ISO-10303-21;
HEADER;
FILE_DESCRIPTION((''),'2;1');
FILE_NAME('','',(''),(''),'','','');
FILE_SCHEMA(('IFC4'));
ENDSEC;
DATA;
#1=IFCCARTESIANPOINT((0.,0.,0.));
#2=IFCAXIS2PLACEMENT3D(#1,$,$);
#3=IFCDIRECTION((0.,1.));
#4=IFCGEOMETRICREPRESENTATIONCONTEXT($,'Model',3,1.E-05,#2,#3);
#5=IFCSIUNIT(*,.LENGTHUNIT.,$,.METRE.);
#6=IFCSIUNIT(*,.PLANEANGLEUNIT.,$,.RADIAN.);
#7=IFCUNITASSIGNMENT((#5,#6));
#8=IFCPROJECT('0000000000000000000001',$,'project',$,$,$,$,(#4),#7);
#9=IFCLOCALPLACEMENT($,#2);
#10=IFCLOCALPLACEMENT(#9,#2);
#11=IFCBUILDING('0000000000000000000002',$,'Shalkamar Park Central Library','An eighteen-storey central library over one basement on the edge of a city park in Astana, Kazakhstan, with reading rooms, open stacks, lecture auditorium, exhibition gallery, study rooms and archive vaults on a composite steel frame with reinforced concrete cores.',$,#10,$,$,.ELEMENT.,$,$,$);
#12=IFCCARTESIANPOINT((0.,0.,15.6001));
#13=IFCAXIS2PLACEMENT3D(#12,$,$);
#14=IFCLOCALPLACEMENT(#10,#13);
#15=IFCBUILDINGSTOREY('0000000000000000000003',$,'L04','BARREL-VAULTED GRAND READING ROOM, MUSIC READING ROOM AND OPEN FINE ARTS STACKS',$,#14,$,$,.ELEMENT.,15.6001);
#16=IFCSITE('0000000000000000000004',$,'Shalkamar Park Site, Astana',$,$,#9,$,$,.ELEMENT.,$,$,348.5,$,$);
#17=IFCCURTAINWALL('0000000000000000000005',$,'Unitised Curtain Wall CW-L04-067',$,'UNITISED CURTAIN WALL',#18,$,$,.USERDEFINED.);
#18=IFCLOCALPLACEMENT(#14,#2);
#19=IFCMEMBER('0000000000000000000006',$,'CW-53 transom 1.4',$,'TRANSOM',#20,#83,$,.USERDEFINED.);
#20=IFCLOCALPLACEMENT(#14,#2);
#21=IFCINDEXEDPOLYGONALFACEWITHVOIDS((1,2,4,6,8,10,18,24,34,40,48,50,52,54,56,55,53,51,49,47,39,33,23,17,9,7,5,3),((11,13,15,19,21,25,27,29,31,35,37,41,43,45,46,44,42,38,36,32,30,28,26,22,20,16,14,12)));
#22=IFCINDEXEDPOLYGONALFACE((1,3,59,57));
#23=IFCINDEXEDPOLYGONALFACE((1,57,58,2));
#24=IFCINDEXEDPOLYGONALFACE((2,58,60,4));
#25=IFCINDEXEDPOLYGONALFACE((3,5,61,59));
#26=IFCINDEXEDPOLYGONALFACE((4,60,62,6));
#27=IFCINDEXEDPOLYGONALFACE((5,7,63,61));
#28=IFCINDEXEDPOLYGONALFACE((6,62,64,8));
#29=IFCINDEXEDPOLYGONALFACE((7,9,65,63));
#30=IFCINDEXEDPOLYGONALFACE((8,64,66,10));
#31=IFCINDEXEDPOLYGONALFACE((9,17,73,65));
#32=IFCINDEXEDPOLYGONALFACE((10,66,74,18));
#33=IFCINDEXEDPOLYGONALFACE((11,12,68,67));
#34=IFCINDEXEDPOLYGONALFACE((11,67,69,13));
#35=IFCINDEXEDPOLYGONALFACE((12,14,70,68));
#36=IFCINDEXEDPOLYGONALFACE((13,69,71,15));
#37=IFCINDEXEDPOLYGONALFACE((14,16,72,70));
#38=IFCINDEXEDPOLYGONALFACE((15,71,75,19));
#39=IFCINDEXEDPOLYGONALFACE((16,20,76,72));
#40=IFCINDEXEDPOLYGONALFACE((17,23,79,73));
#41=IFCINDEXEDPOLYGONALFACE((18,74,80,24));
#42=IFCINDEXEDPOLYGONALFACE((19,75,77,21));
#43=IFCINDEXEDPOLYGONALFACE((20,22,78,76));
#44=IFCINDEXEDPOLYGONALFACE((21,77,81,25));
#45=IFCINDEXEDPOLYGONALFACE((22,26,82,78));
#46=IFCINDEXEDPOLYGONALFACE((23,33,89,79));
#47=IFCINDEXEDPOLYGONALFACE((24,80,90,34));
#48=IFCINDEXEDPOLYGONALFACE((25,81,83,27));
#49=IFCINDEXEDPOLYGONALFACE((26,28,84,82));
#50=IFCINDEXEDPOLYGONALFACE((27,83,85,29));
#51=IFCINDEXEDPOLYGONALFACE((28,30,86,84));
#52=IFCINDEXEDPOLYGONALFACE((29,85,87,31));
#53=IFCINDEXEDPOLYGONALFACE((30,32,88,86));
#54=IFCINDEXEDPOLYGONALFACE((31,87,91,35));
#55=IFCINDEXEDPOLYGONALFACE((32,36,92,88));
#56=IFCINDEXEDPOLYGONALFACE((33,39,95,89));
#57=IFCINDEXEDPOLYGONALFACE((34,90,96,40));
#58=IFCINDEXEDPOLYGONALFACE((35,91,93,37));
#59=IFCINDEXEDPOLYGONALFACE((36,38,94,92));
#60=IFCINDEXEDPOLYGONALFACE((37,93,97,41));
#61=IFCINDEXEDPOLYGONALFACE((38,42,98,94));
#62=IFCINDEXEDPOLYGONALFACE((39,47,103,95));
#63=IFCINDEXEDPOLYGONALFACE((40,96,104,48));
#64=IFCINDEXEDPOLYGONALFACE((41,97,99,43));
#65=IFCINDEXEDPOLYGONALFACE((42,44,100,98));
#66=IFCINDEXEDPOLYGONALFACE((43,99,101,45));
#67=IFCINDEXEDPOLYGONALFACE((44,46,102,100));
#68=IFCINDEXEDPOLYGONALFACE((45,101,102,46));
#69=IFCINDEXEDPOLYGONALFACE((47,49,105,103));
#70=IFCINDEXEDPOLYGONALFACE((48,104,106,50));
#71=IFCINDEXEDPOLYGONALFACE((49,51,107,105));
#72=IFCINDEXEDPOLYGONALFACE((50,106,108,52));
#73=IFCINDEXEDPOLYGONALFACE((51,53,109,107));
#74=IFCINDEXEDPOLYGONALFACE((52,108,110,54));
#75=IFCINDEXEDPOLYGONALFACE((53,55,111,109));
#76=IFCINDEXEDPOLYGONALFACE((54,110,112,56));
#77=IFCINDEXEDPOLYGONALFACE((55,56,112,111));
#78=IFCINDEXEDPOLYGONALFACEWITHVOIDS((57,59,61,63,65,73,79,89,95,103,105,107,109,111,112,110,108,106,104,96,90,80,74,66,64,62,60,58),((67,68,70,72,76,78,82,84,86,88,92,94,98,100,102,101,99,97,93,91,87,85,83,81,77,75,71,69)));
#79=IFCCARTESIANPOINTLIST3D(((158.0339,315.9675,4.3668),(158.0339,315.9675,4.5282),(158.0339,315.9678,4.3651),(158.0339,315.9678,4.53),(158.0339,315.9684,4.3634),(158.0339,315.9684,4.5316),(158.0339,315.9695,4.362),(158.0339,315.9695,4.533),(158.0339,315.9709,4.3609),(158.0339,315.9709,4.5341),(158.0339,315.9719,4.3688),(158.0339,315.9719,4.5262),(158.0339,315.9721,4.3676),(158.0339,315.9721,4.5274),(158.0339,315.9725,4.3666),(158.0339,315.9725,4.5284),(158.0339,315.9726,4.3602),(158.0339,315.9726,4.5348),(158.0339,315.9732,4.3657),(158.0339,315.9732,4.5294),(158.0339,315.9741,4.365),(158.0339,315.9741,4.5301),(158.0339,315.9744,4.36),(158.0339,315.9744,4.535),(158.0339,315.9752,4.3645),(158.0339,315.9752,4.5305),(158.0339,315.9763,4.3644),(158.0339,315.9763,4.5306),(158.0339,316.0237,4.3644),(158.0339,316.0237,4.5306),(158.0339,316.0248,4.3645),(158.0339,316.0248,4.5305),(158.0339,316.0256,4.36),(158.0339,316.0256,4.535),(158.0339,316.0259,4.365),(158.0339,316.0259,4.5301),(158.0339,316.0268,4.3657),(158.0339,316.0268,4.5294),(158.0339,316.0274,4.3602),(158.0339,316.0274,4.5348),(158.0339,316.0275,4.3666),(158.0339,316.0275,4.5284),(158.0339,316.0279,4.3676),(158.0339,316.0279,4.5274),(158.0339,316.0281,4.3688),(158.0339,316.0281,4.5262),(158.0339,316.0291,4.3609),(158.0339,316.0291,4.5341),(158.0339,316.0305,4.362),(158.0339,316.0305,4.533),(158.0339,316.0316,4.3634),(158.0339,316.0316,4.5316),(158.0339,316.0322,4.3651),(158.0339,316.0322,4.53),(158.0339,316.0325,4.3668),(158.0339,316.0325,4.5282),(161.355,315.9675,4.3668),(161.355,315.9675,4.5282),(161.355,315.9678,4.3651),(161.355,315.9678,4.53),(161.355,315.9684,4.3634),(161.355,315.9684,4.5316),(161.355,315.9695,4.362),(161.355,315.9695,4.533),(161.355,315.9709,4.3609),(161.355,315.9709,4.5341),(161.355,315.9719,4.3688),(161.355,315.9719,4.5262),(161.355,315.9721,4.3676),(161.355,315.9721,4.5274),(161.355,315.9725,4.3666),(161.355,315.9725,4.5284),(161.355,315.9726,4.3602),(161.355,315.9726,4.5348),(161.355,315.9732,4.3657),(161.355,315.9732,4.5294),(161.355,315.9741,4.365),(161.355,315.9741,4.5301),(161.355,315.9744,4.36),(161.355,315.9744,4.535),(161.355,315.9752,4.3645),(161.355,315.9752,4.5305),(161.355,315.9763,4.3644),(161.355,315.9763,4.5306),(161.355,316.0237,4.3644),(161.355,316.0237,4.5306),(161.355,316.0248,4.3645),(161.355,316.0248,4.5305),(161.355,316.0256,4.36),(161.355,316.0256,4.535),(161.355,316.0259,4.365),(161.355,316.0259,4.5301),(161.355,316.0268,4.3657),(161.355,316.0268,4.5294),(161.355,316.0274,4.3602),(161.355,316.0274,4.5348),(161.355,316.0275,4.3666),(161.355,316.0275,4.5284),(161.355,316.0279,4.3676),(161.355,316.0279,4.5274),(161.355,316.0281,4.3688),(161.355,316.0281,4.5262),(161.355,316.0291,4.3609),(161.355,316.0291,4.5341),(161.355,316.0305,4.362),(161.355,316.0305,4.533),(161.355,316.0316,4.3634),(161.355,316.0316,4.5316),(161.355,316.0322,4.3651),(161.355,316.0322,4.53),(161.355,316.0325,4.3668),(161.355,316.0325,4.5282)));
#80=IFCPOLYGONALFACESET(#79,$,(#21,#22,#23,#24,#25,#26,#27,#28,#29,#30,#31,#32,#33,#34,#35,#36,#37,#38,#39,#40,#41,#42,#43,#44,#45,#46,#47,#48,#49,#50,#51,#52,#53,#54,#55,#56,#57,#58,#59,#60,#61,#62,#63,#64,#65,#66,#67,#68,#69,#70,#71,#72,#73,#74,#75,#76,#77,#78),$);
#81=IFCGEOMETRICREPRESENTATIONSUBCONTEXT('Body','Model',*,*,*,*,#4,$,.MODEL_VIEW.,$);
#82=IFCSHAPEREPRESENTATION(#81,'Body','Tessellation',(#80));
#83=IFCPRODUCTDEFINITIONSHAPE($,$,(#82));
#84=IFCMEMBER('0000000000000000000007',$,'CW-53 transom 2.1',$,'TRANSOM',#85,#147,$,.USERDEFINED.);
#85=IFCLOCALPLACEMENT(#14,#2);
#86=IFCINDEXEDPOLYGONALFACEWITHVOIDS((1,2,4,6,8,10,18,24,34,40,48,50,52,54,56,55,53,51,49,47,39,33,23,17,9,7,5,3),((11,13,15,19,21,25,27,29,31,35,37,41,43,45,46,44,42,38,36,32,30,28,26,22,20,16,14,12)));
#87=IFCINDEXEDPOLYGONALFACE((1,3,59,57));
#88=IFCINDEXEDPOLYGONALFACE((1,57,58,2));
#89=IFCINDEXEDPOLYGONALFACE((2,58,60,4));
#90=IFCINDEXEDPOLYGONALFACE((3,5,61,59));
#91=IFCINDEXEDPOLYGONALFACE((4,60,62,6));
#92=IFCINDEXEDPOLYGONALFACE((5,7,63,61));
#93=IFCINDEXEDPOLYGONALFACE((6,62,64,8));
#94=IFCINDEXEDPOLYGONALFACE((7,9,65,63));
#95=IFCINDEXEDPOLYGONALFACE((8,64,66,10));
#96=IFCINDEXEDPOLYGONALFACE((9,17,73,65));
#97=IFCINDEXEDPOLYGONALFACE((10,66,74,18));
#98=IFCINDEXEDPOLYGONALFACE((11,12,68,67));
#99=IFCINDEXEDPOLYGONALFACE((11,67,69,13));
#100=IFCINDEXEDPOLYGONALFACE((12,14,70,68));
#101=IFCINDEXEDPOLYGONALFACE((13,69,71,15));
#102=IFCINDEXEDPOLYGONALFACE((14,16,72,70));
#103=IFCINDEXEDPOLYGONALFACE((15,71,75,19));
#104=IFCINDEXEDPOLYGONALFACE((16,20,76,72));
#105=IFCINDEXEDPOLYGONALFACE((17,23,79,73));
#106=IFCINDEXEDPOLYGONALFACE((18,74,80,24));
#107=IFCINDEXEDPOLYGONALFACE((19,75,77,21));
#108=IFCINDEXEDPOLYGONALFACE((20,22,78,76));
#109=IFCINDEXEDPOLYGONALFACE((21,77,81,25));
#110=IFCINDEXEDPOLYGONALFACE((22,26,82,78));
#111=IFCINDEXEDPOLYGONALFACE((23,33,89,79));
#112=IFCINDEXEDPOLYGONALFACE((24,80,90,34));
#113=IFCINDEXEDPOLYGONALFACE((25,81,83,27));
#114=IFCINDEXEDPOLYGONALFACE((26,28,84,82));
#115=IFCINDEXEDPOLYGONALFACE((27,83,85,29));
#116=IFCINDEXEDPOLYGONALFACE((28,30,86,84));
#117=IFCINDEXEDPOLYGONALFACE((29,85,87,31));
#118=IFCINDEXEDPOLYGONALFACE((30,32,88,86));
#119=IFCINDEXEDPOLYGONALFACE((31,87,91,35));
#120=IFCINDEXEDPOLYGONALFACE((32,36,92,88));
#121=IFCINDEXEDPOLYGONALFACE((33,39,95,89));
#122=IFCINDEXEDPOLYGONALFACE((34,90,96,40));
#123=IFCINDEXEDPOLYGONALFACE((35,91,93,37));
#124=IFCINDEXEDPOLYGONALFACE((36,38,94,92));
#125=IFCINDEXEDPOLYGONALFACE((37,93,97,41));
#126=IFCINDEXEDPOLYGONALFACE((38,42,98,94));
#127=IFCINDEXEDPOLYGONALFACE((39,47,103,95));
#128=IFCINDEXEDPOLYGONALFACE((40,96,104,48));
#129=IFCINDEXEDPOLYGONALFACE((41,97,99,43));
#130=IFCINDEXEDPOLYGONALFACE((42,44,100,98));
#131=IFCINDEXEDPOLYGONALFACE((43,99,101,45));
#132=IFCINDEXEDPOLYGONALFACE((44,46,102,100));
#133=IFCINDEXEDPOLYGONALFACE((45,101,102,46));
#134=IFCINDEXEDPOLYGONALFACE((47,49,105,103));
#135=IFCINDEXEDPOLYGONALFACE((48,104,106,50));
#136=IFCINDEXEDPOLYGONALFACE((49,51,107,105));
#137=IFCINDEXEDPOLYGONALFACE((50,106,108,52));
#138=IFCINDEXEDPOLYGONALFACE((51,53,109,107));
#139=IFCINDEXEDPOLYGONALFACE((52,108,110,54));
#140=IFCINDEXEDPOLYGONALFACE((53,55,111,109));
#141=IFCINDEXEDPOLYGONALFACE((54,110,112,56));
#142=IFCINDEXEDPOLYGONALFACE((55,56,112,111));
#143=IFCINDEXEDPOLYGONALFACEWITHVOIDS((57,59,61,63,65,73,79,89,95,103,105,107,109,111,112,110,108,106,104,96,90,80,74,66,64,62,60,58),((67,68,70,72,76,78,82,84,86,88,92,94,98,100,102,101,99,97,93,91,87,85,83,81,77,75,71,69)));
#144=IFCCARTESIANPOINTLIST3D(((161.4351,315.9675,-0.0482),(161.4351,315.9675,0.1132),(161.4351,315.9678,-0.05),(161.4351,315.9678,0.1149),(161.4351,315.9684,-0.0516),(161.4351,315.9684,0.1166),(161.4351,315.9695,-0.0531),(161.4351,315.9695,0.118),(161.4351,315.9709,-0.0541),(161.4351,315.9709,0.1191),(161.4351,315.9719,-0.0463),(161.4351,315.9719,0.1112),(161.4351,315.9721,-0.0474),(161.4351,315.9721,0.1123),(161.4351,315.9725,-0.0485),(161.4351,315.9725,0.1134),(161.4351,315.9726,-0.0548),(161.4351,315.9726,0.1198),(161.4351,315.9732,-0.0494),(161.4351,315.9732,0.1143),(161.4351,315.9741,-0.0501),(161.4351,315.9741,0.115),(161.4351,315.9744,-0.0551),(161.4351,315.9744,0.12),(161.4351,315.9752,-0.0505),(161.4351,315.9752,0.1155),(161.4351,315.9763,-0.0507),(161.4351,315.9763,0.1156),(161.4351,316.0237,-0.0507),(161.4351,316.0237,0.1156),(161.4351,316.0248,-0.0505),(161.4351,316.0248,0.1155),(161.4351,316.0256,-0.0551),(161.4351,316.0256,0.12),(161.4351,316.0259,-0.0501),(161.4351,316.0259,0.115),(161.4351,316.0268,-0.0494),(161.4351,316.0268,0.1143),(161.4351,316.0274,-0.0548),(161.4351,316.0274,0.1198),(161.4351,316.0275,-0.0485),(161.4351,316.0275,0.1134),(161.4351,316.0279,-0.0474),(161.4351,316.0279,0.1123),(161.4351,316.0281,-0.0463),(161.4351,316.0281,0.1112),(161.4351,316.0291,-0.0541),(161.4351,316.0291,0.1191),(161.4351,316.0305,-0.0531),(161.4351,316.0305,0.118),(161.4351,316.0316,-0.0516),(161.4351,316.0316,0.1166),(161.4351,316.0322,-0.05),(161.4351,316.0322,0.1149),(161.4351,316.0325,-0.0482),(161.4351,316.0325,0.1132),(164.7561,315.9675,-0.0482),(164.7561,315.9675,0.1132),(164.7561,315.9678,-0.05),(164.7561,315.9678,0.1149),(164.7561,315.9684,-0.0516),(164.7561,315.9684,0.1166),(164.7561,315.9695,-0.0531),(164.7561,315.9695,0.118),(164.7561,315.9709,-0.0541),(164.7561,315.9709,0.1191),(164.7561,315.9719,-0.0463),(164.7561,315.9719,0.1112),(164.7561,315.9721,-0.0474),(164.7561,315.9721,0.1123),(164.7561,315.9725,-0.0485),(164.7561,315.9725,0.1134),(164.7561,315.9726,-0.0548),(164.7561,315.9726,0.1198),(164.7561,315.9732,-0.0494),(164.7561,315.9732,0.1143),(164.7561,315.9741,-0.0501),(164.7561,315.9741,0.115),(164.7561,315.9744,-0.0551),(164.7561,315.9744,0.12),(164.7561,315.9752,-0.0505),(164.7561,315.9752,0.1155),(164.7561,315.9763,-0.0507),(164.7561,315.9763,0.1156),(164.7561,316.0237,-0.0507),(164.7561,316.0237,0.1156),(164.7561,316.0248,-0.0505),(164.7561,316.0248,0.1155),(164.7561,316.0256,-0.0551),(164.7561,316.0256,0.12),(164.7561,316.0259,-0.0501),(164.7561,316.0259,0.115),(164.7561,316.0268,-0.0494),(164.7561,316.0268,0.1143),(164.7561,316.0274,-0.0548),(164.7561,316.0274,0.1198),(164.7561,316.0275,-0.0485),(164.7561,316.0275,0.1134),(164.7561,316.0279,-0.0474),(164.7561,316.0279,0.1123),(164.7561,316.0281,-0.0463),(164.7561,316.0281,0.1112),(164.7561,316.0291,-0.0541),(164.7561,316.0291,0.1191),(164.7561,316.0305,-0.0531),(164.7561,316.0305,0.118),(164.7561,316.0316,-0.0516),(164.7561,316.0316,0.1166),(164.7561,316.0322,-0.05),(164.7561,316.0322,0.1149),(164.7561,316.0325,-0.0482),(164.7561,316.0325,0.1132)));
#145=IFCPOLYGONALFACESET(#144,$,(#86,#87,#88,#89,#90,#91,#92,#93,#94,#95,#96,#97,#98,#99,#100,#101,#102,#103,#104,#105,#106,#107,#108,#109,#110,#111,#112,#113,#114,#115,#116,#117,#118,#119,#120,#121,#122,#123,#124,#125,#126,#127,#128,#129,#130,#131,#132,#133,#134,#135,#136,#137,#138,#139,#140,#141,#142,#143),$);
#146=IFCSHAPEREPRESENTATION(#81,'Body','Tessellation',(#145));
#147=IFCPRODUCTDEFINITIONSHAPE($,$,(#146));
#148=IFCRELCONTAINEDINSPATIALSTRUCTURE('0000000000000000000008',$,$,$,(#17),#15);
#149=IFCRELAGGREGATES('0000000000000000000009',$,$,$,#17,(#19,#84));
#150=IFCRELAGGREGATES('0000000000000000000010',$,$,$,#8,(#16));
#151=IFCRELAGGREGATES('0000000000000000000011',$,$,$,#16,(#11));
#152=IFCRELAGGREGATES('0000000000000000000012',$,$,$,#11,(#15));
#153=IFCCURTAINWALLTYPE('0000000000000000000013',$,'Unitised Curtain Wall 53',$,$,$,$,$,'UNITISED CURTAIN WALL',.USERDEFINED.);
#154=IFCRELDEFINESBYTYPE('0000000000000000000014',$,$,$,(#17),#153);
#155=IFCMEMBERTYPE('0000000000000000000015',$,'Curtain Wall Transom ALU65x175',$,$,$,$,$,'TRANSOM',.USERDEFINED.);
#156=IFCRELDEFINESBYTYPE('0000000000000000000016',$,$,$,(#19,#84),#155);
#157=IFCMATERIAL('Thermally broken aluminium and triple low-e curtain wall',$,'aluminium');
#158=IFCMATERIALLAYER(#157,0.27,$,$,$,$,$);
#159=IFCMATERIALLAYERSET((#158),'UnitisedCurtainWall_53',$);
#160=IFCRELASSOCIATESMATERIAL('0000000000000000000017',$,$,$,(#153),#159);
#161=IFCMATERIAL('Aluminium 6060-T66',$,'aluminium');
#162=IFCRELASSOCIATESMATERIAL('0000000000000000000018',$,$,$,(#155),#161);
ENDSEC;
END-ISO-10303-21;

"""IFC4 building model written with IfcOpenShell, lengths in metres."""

from ifc_helpers import new_model, si_unit, direction, frame, origin, origin_2d, place, context, subcontext, project, spatial, hollow_rectangle, extrude, material, layer, layer_set, material_profile, profile_set, type_object, element, aggregate, save


model = new_model("IFC4")

# Units and contexts
model_context = context("Model", 3, precision=1e-05, world=origin(), true_north=direction((0.0, 1.0)))
body_context = subcontext(model_context, "Body", "Model", "MODEL_VIEW")
ifc_project = project(units=[si_unit("LENGTHUNIT", "METRE"), si_unit("PLANEANGLEUNIT", "RADIAN")], contexts=[model_context])

# Site, building, storey
site_placement = place(None, origin())
site = spatial("IfcSite", under=ifc_project, at=site_placement, Name="Shalkamar Park Site, Astana", CompositionType="ELEMENT", RefElevation=348.5)
building_placement = place(site_placement, origin())
building = spatial("IfcBuilding", under=site, at=building_placement, Name="Shalkamar Park Central Library", Description="An eighteen-storey central library over one basement on the edge of a city park in Astana, Kazakhstan, with reading rooms, open stacks, lecture auditorium, exhibition gallery, study rooms and archive vaults on a composite steel frame with reinforced concrete cores.", CompositionType="ELEMENT")
storey_placement = place(building_placement, frame((0.0, 0.0, 15.6001)))
storey = spatial("IfcBuildingStorey", under=building, at=storey_placement, Name="L04", Description="BARREL-VAULTED GRAND READING ROOM, MUSIC READING ROOM AND OPEN FINE ARTS STACKS", CompositionType="ELEMENT", Elevation=15.6001)

# Curtain wall
ifc_material_1 = material(Name="Thermally broken aluminium and triple low-e curtain wall", Category="aluminium")
ifc_layer_1 = layer(ifc_material_1, 0.27)
ifc_layer_set_1 = layer_set([ifc_layer_1], Name="UnitisedCurtainWall_53")
curtain_wall_type_1 = type_object("IfcCurtainWallType", Name="Unitised Curtain Wall 53", ElementType="UNITISED CURTAIN WALL", PredefinedType="USERDEFINED", material=ifc_layer_set_1)
curtain_wall_1_placement = place(storey_placement, origin())
curtain_wall_1 = element("IfcCurtainWall", 1, at=curtain_wall_1_placement, inside=storey, type_object=curtain_wall_type_1, Name="Unitised Curtain Wall CW-L04-067", ObjectType="UNITISED CURTAIN WALL", PredefinedType="USERDEFINED")
ifc_material_2 = material(Name="Aluminium 6060-T66", Category="aluminium")

# Members
ifc_material_profile_1 = material_profile(ifc_material_2, hollow_rectangle(XDim=0.0649, YDim=0.175, WallThickness=0.0044, InnerFilletRadius=0.0044, OuterFilletRadius=0.0068, at=origin_2d()), Name="ALU 65x175x4.5")
ifc_profile_set_1 = profile_set([ifc_material_profile_1], Name="Aluminium 6060-T66")
member_type_1 = type_object("IfcMemberType", Name="Curtain Wall Transom ALU65x175", ElementType="TRANSOM", PredefinedType="USERDEFINED", material=ifc_profile_set_1)
member_1_placement = place(storey_placement, frame((158.0339, 316.0, 4.4475), z_axis=(1.0, 0.0, 0.0), x_axis=(0.0, 1.0, 0.0)))
member_1 = element("IfcMember", 2, at=member_1_placement, type_object=member_type_1, Name="CW-53 transom 1.4", ObjectType="TRANSOM", PredefinedType="USERDEFINED", context=body_context, shape_type="SweptSolid", body=[
    extrude(hollow_rectangle(XDim=0.0649, YDim=0.175, WallThickness=0.0044, InnerFilletRadius=0.0044, OuterFilletRadius=0.0068, at=origin_2d()), origin(), (0.0, 0.0, 1.0), 3.321),
])
member_2_placement = place(storey_placement, frame((161.4351, 316.0, 0.0325), z_axis=(1.0, 0.0, 0.0), x_axis=(0.0, 1.0, 0.0)))
member_2 = element("IfcMember", 3, at=member_2_placement, type_object=member_type_1, Name="CW-53 transom 2.1", ObjectType="TRANSOM", PredefinedType="USERDEFINED", context=body_context, shape_type="SweptSolid", body=[
    extrude(hollow_rectangle(XDim=0.0649, YDim=0.175, WallThickness=0.0044, InnerFilletRadius=0.0044, OuterFilletRadius=0.0068, at=origin_2d()), origin(), (0.0, 0.0, 1.0), 3.321),
])

aggregate(curtain_wall_1, [member_1, member_2])

save(model, "model.ifc")
